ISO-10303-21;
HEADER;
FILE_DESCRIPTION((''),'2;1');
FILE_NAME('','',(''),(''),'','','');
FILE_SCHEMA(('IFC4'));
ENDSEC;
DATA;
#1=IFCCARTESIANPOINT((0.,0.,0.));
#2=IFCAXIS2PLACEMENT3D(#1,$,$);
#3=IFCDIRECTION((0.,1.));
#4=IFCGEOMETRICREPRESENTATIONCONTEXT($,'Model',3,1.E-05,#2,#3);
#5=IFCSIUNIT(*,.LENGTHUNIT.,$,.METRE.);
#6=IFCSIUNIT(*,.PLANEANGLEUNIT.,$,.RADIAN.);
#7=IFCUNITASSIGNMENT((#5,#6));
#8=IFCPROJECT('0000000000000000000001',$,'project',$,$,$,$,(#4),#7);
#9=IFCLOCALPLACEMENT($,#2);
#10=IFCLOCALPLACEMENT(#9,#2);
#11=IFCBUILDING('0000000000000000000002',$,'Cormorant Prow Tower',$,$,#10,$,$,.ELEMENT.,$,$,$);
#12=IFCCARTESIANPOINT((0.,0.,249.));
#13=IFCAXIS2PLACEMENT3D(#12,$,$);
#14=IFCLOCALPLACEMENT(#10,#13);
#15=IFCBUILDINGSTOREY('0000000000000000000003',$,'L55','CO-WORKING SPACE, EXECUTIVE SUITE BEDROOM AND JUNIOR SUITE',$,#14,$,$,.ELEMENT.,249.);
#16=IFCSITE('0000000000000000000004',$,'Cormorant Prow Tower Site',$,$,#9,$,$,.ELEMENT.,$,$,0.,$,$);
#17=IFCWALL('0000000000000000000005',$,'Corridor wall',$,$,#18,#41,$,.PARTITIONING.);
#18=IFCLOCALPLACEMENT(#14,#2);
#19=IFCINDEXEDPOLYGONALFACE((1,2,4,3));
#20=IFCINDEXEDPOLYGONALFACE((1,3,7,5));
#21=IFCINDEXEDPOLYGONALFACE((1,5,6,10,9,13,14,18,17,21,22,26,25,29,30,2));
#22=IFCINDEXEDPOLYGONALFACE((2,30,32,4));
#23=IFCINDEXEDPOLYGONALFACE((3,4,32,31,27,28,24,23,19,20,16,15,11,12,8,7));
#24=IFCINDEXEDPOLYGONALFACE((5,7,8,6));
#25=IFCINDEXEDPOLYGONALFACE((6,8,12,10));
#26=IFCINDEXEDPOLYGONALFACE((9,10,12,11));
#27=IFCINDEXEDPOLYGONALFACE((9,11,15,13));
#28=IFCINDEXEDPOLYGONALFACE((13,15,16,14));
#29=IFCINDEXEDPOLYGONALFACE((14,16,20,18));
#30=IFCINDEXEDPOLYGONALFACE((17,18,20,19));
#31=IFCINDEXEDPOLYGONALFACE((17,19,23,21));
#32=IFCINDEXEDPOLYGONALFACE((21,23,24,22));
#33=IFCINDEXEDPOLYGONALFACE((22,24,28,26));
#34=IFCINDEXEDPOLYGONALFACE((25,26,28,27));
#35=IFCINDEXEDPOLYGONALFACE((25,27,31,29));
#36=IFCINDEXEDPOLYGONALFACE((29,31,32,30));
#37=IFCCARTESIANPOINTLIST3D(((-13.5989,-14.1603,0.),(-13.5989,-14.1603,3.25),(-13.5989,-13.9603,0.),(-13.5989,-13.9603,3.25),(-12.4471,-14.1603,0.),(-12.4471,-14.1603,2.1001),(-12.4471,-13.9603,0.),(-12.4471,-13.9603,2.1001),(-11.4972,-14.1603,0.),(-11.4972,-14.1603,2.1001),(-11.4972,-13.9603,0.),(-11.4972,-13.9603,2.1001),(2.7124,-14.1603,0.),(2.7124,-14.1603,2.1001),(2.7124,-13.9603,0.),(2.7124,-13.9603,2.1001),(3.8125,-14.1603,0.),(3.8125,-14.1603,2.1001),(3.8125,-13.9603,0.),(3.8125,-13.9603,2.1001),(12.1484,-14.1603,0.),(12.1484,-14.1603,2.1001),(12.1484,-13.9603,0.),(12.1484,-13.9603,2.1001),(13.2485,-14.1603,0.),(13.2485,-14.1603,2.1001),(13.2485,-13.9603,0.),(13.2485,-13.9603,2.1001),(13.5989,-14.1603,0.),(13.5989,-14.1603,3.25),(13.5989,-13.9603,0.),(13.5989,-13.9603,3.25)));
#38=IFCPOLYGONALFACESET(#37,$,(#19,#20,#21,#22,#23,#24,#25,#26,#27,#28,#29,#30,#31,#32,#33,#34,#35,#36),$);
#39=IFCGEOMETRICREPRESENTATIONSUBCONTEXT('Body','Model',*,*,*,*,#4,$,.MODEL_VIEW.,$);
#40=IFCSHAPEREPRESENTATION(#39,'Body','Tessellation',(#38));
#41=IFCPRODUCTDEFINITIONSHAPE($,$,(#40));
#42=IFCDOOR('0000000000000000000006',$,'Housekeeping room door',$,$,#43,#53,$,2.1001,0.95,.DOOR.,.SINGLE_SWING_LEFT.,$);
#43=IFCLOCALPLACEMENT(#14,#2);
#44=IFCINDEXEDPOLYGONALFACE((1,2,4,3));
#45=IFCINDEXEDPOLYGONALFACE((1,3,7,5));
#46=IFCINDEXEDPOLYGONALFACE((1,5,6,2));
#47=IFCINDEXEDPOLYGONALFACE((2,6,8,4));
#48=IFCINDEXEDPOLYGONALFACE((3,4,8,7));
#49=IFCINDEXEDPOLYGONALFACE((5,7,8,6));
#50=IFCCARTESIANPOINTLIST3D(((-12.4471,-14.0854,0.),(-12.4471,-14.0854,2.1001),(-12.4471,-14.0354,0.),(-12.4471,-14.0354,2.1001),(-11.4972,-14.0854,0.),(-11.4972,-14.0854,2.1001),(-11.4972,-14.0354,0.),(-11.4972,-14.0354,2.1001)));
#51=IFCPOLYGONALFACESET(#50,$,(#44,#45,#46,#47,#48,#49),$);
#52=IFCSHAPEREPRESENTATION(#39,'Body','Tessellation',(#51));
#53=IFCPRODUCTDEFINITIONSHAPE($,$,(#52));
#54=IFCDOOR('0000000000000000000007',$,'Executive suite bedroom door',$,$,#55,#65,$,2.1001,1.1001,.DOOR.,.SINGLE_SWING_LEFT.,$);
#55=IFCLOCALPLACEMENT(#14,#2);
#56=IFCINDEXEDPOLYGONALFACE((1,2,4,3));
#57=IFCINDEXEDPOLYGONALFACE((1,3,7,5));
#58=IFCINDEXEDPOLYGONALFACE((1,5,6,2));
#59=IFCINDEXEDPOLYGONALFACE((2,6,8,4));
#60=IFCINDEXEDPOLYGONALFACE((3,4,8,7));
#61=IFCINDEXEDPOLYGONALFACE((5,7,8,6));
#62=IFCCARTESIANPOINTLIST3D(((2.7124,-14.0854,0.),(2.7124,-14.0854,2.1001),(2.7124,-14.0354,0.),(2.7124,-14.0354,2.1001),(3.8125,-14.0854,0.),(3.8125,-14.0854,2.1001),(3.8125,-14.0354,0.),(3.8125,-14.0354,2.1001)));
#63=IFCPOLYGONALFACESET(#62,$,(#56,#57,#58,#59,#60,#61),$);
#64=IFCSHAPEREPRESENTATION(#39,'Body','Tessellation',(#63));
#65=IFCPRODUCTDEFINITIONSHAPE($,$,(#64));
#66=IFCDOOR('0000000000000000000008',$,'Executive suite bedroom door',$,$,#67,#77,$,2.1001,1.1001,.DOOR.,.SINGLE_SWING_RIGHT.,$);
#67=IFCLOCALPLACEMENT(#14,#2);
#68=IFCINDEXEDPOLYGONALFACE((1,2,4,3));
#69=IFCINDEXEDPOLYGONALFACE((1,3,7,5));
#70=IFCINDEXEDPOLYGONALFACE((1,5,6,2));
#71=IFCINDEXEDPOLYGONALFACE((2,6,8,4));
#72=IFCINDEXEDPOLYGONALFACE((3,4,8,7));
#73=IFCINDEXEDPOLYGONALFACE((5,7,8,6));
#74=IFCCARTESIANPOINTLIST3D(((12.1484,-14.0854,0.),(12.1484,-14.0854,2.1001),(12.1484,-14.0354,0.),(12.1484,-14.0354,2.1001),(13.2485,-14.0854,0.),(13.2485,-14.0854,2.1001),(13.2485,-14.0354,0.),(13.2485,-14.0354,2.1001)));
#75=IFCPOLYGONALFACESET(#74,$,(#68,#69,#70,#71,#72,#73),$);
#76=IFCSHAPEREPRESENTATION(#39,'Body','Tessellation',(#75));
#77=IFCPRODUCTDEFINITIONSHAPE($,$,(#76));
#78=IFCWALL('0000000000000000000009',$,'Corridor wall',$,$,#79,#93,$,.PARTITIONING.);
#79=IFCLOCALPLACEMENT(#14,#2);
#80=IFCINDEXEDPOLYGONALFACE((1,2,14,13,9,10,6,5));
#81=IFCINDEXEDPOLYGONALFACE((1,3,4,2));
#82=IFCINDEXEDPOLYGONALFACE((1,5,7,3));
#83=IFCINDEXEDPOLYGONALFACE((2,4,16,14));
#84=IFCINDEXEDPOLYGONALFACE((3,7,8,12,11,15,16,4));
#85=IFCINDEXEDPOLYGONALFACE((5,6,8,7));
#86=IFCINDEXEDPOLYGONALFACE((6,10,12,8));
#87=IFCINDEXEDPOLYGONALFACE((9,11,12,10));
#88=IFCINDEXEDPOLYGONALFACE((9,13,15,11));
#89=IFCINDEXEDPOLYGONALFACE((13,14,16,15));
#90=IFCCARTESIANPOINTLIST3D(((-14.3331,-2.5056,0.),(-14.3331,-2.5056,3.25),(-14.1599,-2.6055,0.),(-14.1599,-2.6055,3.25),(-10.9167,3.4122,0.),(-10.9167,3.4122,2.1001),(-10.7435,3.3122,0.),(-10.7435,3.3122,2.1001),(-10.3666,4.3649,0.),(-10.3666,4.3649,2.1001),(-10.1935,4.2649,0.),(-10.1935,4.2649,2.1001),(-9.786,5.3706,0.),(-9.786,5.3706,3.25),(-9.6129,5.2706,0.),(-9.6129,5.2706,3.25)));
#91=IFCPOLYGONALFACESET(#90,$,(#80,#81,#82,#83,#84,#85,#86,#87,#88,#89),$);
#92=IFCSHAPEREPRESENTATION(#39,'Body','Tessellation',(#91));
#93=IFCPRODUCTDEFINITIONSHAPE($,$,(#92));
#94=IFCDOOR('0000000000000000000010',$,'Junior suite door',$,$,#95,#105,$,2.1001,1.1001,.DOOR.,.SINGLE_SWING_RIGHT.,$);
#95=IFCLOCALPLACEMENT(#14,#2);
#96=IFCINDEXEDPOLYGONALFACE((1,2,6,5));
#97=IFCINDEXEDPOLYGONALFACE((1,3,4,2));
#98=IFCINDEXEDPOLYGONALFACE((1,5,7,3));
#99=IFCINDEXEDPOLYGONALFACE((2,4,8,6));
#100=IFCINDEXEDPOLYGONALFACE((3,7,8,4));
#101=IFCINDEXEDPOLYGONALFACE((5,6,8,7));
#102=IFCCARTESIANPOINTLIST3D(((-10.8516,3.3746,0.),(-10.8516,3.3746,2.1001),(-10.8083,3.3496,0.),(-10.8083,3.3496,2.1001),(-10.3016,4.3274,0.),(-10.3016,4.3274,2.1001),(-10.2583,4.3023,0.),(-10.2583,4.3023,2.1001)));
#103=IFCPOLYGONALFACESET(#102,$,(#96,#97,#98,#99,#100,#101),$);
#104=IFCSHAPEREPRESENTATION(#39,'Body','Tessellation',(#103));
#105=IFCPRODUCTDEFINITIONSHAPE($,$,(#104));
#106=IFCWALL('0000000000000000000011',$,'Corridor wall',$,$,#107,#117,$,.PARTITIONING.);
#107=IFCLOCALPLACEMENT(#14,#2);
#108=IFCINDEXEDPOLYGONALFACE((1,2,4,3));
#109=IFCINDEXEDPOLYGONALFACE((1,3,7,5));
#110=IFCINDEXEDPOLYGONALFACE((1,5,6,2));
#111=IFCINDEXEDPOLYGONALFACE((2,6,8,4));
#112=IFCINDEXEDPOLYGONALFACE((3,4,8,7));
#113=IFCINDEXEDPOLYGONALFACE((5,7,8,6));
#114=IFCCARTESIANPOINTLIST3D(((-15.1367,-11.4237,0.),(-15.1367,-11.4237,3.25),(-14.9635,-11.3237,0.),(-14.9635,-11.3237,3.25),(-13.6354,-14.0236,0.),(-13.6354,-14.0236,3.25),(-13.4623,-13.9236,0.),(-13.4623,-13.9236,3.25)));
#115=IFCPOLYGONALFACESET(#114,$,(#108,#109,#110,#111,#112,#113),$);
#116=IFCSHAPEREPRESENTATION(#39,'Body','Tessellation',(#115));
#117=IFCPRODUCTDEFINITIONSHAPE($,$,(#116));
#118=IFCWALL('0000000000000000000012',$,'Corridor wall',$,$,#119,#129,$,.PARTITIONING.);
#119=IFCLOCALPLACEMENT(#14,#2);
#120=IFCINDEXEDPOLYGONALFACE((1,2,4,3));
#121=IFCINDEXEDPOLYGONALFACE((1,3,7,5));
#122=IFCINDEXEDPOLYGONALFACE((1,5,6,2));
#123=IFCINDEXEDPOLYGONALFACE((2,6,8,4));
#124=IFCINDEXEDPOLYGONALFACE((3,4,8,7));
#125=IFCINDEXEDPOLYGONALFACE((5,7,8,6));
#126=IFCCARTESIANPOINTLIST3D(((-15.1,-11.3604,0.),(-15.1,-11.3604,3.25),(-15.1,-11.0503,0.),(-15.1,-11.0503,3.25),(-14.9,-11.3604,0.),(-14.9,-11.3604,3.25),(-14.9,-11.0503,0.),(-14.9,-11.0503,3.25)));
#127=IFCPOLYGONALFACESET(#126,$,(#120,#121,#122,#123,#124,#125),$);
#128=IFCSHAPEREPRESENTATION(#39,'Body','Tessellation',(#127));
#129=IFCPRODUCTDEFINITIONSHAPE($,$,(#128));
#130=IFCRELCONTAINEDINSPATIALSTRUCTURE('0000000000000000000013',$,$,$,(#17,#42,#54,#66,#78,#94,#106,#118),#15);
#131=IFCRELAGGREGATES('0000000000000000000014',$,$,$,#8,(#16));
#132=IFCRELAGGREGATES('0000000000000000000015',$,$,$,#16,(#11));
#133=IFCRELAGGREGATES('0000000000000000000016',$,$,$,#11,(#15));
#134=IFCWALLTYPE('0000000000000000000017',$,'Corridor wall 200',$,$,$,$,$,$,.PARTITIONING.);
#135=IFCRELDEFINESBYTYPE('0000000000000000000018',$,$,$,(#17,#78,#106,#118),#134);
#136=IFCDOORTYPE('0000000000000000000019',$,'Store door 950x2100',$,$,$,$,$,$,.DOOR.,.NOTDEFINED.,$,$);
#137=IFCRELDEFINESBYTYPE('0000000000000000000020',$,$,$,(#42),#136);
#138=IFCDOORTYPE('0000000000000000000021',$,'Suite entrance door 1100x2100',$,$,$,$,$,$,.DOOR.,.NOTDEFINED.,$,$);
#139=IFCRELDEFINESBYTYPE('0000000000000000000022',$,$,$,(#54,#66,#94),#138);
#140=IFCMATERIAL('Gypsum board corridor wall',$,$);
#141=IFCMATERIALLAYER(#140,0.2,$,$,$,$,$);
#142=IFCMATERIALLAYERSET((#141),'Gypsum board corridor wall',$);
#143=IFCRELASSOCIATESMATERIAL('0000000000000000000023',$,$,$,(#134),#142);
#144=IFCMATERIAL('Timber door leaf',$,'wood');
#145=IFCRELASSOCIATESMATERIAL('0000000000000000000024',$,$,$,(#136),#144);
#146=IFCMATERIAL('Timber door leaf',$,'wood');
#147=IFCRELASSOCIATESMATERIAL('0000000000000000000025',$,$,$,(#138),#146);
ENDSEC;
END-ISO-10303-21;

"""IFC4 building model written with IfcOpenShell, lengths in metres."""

from ifc_helpers import new_model, si_unit, direction, frame, frame_2d, origin, place, context, subcontext, project, spatial, rectangle, extrude, material, layer, layer_set, type_object, element, fill, save


model = new_model("IFC4")

# Units and contexts
model_context = context("Model", 3, precision=1e-05, world=origin(), true_north=direction((0.0, 1.0)))
body_context = subcontext(model_context, "Body", "Model", "MODEL_VIEW")
ifc_project = project(units=[si_unit("LENGTHUNIT", "METRE"), si_unit("PLANEANGLEUNIT", "RADIAN")], contexts=[model_context])

# Site, building, storey
site_placement = place(None, origin())
site = spatial("IfcSite", under=ifc_project, at=site_placement, Name="Cormorant Prow Tower Site", CompositionType="ELEMENT", RefElevation=0.0)
building_placement = place(site_placement, origin())
building = spatial("IfcBuilding", under=site, at=building_placement, Name="Cormorant Prow Tower", CompositionType="ELEMENT")
storey_placement = place(building_placement, frame((0.0, 0.0, 249.0)))
storey = spatial("IfcBuildingStorey", under=building, at=storey_placement, Name="L55", Description="CO-WORKING SPACE, EXECUTIVE SUITE BEDROOM AND JUNIOR SUITE", CompositionType="ELEMENT", Elevation=249.0)

# Wall, openings, doors
ifc_material_1 = material(Name="Gypsum board corridor wall")
ifc_layer_1 = layer(ifc_material_1, 0.2)
ifc_layer_set_1 = layer_set([ifc_layer_1], Name="Gypsum board corridor wall")
wall_type_1 = type_object("IfcWallType", Name="Corridor wall 200", PredefinedType="PARTITIONING", material=ifc_layer_set_1)
wall_1_placement = place(storey_placement, frame((-13.5989, -14.0603, 0.0), z_axis=(0.0, 0.0, 1.0), x_axis=(1.0, 0.0, 0.0)))
wall_1 = element("IfcWall", 1, at=wall_1_placement, inside=storey, type_object=wall_type_1, Name="Corridor wall", PredefinedType="PARTITIONING", context=body_context, shape_type="SweptSolid", body=[
    extrude(rectangle(XDim=27.1978, YDim=0.2, at=frame_2d((13.5989, 0.0))), origin(), (0.0, 0.0, 1.0), 3.25),
])
opening_1_placement = place(wall_1_placement, frame((1.1516, 0.0, 0.0)))
opening_1 = element("IfcOpeningElement", 2, at=opening_1_placement, cuts=wall_1, PredefinedType="OPENING", context=body_context, shape_type="SweptSolid", body=[
    extrude(rectangle(XDim=0.95, YDim=2.1001, at=frame_2d((0.4751, 1.05))), frame((0.0, 0.1099, 0.0), z_axis=(0.0, -1.0, 0.0), x_axis=(1.0, 0.0, 0.0)), (0.0, 0.0, 1.0), 0.22),
])
opening_2_placement = place(wall_1_placement, frame((16.3113, 0.0, 0.0)))
opening_2 = element("IfcOpeningElement", 3, at=opening_2_placement, cuts=wall_1, PredefinedType="OPENING", context=body_context, shape_type="SweptSolid", body=[
    extrude(rectangle(XDim=1.1001, YDim=2.1001, at=frame_2d((0.55, 1.05))), frame((0.0, 0.1099, 0.0), z_axis=(0.0, -1.0, 0.0), x_axis=(1.0, 0.0, 0.0)), (0.0, 0.0, 1.0), 0.22),
])
opening_3_placement = place(wall_1_placement, frame((25.7473, 0.0, 0.0)))
opening_3 = element("IfcOpeningElement", 4, at=opening_3_placement, cuts=wall_1, PredefinedType="OPENING", context=body_context, shape_type="SweptSolid", body=[
    extrude(rectangle(XDim=1.1001, YDim=2.1001, at=frame_2d((0.55, 1.05))), frame((0.0, 0.1099, 0.0), z_axis=(0.0, -1.0, 0.0), x_axis=(1.0, 0.0, 0.0)), (0.0, 0.0, 1.0), 0.22),
])
ifc_material_2 = material(Name="Timber door leaf", Category="wood")
door_type_1 = type_object("IfcDoorType", Name="Store door 950x2100", OperationType="NOTDEFINED", PredefinedType="DOOR", material=ifc_material_2)
door_1_placement = place(opening_1_placement, origin())
door_1 = element("IfcDoor", 5, at=door_1_placement, inside=storey, type_object=door_type_1, Name="Housekeeping room door", OperationType="SINGLE_SWING_LEFT", OverallHeight=2.1001, OverallWidth=0.95, PredefinedType="DOOR", context=body_context, shape_type="SweptSolid", body=[
    extrude(rectangle(XDim=0.95, YDim=2.1001, at=frame_2d((0.4751, 1.05))), frame((0.0, 0.0249, 0.0), z_axis=(0.0, -1.0, 0.0), x_axis=(1.0, 0.0, 0.0)), (0.0, 0.0, 1.0), 0.05),
])
fill(opening_1, door_1)
ifc_material_3 = material(Name="Timber door leaf", Category="wood")
door_type_2 = type_object("IfcDoorType", Name="Suite entrance door 1100x2100", OperationType="NOTDEFINED", PredefinedType="DOOR", material=ifc_material_3)
door_2_placement = place(opening_2_placement, origin())
door_2 = element("IfcDoor", 6, at=door_2_placement, inside=storey, type_object=door_type_2, Name="Executive suite bedroom door", OperationType="SINGLE_SWING_LEFT", OverallHeight=2.1001, OverallWidth=1.1001, PredefinedType="DOOR", context=body_context, shape_type="SweptSolid", body=[
    extrude(rectangle(XDim=1.1001, YDim=2.1001, at=frame_2d((0.55, 1.05))), frame((0.0, 0.0249, 0.0), z_axis=(0.0, -1.0, 0.0), x_axis=(1.0, 0.0, 0.0)), (0.0, 0.0, 1.0), 0.05),
])
fill(opening_2, door_2)
door_3_placement = place(opening_3_placement, origin())
door_3 = element("IfcDoor", 7, at=door_3_placement, inside=storey, type_object=door_type_2, Name="Executive suite bedroom door", OperationType="SINGLE_SWING_RIGHT", OverallHeight=2.1001, OverallWidth=1.1001, PredefinedType="DOOR", context=body_context, shape_type="SweptSolid", body=[
    extrude(rectangle(XDim=1.1001, YDim=2.1001, at=frame_2d((0.55, 1.05))), frame((0.0, 0.0249, 0.0), z_axis=(0.0, -1.0, 0.0), x_axis=(1.0, 0.0, 0.0)), (0.0, 0.0, 1.0), 0.05),
])
fill(opening_3, door_3)

# Wall, opening, door
wall_2_placement = place(storey_placement, frame((-14.2466, -2.5557, 0.0), z_axis=(0.0, 0.0, 1.0), x_axis=(0.499982, 0.866036, 0.0)))
wall_2 = element("IfcWall", 8, at=wall_2_placement, inside=storey, type_object=wall_type_1, Name="Corridor wall", PredefinedType="PARTITIONING", context=body_context, shape_type="SweptSolid", body=[
    extrude(rectangle(XDim=9.0945, YDim=0.2, at=frame_2d((4.5474, 0.0))), origin(), (0.0, 0.0, 1.0), 3.25),
])
opening_4_placement = place(wall_2_placement, frame((6.8333, 0.0, 0.0)))
opening_4 = element("IfcOpeningElement", 9, at=opening_4_placement, cuts=wall_2, PredefinedType="OPENING", context=body_context, shape_type="SweptSolid", body=[
    extrude(rectangle(XDim=1.1001, YDim=2.1001, at=frame_2d((0.55, 1.05))), frame((0.0, 0.1099, 0.0), z_axis=(0.0, -1.0, 0.0), x_axis=(1.0, 0.0, 0.0)), (0.0, 0.0, 1.0), 0.22),
])
door_4_placement = place(opening_4_placement, origin())
door_4 = element("IfcDoor", 10, at=door_4_placement, inside=storey, type_object=door_type_2, Name="Junior suite door", OperationType="SINGLE_SWING_RIGHT", OverallHeight=2.1001, OverallWidth=1.1001, PredefinedType="DOOR", context=body_context, shape_type="SweptSolid", body=[
    extrude(rectangle(XDim=1.1001, YDim=2.1001, at=frame_2d((0.55, 1.05))), frame((0.0, 0.0249, 0.0), z_axis=(0.0, -1.0, 0.0), x_axis=(1.0, 0.0, 0.0)), (0.0, 0.0, 1.0), 0.05),
])
fill(opening_4, door_4)

# Walls
wall_3_placement = place(storey_placement, frame((-15.05, -11.3738, 0.0), z_axis=(0.0, 0.0, 1.0), x_axis=(0.500049, -0.865997, 0.0)))
element("IfcWall", 11, at=wall_3_placement, inside=storey, type_object=wall_type_1, Name="Corridor wall", PredefinedType="PARTITIONING", context=body_context, shape_type="SweptSolid", body=[
    extrude(rectangle(XDim=3.0022, YDim=0.2, at=frame_2d((1.501, 0.0))), origin(), (0.0, 0.0, 1.0), 3.25),
])
wall_4_placement = place(storey_placement, frame((-15.0, -11.3604, 0.0), z_axis=(0.0, 0.0, 1.0), x_axis=(0.0, 1.0, 0.0)))
element("IfcWall", 12, at=wall_4_placement, inside=storey, type_object=wall_type_1, Name="Corridor wall", PredefinedType="PARTITIONING", context=body_context, shape_type="SweptSolid", body=[
    extrude(rectangle(XDim=0.3101, YDim=0.2, at=frame_2d((0.155, 0.0))), origin(), (0.0, 0.0, 1.0), 3.25),
])

save(model, "model.ifc")
